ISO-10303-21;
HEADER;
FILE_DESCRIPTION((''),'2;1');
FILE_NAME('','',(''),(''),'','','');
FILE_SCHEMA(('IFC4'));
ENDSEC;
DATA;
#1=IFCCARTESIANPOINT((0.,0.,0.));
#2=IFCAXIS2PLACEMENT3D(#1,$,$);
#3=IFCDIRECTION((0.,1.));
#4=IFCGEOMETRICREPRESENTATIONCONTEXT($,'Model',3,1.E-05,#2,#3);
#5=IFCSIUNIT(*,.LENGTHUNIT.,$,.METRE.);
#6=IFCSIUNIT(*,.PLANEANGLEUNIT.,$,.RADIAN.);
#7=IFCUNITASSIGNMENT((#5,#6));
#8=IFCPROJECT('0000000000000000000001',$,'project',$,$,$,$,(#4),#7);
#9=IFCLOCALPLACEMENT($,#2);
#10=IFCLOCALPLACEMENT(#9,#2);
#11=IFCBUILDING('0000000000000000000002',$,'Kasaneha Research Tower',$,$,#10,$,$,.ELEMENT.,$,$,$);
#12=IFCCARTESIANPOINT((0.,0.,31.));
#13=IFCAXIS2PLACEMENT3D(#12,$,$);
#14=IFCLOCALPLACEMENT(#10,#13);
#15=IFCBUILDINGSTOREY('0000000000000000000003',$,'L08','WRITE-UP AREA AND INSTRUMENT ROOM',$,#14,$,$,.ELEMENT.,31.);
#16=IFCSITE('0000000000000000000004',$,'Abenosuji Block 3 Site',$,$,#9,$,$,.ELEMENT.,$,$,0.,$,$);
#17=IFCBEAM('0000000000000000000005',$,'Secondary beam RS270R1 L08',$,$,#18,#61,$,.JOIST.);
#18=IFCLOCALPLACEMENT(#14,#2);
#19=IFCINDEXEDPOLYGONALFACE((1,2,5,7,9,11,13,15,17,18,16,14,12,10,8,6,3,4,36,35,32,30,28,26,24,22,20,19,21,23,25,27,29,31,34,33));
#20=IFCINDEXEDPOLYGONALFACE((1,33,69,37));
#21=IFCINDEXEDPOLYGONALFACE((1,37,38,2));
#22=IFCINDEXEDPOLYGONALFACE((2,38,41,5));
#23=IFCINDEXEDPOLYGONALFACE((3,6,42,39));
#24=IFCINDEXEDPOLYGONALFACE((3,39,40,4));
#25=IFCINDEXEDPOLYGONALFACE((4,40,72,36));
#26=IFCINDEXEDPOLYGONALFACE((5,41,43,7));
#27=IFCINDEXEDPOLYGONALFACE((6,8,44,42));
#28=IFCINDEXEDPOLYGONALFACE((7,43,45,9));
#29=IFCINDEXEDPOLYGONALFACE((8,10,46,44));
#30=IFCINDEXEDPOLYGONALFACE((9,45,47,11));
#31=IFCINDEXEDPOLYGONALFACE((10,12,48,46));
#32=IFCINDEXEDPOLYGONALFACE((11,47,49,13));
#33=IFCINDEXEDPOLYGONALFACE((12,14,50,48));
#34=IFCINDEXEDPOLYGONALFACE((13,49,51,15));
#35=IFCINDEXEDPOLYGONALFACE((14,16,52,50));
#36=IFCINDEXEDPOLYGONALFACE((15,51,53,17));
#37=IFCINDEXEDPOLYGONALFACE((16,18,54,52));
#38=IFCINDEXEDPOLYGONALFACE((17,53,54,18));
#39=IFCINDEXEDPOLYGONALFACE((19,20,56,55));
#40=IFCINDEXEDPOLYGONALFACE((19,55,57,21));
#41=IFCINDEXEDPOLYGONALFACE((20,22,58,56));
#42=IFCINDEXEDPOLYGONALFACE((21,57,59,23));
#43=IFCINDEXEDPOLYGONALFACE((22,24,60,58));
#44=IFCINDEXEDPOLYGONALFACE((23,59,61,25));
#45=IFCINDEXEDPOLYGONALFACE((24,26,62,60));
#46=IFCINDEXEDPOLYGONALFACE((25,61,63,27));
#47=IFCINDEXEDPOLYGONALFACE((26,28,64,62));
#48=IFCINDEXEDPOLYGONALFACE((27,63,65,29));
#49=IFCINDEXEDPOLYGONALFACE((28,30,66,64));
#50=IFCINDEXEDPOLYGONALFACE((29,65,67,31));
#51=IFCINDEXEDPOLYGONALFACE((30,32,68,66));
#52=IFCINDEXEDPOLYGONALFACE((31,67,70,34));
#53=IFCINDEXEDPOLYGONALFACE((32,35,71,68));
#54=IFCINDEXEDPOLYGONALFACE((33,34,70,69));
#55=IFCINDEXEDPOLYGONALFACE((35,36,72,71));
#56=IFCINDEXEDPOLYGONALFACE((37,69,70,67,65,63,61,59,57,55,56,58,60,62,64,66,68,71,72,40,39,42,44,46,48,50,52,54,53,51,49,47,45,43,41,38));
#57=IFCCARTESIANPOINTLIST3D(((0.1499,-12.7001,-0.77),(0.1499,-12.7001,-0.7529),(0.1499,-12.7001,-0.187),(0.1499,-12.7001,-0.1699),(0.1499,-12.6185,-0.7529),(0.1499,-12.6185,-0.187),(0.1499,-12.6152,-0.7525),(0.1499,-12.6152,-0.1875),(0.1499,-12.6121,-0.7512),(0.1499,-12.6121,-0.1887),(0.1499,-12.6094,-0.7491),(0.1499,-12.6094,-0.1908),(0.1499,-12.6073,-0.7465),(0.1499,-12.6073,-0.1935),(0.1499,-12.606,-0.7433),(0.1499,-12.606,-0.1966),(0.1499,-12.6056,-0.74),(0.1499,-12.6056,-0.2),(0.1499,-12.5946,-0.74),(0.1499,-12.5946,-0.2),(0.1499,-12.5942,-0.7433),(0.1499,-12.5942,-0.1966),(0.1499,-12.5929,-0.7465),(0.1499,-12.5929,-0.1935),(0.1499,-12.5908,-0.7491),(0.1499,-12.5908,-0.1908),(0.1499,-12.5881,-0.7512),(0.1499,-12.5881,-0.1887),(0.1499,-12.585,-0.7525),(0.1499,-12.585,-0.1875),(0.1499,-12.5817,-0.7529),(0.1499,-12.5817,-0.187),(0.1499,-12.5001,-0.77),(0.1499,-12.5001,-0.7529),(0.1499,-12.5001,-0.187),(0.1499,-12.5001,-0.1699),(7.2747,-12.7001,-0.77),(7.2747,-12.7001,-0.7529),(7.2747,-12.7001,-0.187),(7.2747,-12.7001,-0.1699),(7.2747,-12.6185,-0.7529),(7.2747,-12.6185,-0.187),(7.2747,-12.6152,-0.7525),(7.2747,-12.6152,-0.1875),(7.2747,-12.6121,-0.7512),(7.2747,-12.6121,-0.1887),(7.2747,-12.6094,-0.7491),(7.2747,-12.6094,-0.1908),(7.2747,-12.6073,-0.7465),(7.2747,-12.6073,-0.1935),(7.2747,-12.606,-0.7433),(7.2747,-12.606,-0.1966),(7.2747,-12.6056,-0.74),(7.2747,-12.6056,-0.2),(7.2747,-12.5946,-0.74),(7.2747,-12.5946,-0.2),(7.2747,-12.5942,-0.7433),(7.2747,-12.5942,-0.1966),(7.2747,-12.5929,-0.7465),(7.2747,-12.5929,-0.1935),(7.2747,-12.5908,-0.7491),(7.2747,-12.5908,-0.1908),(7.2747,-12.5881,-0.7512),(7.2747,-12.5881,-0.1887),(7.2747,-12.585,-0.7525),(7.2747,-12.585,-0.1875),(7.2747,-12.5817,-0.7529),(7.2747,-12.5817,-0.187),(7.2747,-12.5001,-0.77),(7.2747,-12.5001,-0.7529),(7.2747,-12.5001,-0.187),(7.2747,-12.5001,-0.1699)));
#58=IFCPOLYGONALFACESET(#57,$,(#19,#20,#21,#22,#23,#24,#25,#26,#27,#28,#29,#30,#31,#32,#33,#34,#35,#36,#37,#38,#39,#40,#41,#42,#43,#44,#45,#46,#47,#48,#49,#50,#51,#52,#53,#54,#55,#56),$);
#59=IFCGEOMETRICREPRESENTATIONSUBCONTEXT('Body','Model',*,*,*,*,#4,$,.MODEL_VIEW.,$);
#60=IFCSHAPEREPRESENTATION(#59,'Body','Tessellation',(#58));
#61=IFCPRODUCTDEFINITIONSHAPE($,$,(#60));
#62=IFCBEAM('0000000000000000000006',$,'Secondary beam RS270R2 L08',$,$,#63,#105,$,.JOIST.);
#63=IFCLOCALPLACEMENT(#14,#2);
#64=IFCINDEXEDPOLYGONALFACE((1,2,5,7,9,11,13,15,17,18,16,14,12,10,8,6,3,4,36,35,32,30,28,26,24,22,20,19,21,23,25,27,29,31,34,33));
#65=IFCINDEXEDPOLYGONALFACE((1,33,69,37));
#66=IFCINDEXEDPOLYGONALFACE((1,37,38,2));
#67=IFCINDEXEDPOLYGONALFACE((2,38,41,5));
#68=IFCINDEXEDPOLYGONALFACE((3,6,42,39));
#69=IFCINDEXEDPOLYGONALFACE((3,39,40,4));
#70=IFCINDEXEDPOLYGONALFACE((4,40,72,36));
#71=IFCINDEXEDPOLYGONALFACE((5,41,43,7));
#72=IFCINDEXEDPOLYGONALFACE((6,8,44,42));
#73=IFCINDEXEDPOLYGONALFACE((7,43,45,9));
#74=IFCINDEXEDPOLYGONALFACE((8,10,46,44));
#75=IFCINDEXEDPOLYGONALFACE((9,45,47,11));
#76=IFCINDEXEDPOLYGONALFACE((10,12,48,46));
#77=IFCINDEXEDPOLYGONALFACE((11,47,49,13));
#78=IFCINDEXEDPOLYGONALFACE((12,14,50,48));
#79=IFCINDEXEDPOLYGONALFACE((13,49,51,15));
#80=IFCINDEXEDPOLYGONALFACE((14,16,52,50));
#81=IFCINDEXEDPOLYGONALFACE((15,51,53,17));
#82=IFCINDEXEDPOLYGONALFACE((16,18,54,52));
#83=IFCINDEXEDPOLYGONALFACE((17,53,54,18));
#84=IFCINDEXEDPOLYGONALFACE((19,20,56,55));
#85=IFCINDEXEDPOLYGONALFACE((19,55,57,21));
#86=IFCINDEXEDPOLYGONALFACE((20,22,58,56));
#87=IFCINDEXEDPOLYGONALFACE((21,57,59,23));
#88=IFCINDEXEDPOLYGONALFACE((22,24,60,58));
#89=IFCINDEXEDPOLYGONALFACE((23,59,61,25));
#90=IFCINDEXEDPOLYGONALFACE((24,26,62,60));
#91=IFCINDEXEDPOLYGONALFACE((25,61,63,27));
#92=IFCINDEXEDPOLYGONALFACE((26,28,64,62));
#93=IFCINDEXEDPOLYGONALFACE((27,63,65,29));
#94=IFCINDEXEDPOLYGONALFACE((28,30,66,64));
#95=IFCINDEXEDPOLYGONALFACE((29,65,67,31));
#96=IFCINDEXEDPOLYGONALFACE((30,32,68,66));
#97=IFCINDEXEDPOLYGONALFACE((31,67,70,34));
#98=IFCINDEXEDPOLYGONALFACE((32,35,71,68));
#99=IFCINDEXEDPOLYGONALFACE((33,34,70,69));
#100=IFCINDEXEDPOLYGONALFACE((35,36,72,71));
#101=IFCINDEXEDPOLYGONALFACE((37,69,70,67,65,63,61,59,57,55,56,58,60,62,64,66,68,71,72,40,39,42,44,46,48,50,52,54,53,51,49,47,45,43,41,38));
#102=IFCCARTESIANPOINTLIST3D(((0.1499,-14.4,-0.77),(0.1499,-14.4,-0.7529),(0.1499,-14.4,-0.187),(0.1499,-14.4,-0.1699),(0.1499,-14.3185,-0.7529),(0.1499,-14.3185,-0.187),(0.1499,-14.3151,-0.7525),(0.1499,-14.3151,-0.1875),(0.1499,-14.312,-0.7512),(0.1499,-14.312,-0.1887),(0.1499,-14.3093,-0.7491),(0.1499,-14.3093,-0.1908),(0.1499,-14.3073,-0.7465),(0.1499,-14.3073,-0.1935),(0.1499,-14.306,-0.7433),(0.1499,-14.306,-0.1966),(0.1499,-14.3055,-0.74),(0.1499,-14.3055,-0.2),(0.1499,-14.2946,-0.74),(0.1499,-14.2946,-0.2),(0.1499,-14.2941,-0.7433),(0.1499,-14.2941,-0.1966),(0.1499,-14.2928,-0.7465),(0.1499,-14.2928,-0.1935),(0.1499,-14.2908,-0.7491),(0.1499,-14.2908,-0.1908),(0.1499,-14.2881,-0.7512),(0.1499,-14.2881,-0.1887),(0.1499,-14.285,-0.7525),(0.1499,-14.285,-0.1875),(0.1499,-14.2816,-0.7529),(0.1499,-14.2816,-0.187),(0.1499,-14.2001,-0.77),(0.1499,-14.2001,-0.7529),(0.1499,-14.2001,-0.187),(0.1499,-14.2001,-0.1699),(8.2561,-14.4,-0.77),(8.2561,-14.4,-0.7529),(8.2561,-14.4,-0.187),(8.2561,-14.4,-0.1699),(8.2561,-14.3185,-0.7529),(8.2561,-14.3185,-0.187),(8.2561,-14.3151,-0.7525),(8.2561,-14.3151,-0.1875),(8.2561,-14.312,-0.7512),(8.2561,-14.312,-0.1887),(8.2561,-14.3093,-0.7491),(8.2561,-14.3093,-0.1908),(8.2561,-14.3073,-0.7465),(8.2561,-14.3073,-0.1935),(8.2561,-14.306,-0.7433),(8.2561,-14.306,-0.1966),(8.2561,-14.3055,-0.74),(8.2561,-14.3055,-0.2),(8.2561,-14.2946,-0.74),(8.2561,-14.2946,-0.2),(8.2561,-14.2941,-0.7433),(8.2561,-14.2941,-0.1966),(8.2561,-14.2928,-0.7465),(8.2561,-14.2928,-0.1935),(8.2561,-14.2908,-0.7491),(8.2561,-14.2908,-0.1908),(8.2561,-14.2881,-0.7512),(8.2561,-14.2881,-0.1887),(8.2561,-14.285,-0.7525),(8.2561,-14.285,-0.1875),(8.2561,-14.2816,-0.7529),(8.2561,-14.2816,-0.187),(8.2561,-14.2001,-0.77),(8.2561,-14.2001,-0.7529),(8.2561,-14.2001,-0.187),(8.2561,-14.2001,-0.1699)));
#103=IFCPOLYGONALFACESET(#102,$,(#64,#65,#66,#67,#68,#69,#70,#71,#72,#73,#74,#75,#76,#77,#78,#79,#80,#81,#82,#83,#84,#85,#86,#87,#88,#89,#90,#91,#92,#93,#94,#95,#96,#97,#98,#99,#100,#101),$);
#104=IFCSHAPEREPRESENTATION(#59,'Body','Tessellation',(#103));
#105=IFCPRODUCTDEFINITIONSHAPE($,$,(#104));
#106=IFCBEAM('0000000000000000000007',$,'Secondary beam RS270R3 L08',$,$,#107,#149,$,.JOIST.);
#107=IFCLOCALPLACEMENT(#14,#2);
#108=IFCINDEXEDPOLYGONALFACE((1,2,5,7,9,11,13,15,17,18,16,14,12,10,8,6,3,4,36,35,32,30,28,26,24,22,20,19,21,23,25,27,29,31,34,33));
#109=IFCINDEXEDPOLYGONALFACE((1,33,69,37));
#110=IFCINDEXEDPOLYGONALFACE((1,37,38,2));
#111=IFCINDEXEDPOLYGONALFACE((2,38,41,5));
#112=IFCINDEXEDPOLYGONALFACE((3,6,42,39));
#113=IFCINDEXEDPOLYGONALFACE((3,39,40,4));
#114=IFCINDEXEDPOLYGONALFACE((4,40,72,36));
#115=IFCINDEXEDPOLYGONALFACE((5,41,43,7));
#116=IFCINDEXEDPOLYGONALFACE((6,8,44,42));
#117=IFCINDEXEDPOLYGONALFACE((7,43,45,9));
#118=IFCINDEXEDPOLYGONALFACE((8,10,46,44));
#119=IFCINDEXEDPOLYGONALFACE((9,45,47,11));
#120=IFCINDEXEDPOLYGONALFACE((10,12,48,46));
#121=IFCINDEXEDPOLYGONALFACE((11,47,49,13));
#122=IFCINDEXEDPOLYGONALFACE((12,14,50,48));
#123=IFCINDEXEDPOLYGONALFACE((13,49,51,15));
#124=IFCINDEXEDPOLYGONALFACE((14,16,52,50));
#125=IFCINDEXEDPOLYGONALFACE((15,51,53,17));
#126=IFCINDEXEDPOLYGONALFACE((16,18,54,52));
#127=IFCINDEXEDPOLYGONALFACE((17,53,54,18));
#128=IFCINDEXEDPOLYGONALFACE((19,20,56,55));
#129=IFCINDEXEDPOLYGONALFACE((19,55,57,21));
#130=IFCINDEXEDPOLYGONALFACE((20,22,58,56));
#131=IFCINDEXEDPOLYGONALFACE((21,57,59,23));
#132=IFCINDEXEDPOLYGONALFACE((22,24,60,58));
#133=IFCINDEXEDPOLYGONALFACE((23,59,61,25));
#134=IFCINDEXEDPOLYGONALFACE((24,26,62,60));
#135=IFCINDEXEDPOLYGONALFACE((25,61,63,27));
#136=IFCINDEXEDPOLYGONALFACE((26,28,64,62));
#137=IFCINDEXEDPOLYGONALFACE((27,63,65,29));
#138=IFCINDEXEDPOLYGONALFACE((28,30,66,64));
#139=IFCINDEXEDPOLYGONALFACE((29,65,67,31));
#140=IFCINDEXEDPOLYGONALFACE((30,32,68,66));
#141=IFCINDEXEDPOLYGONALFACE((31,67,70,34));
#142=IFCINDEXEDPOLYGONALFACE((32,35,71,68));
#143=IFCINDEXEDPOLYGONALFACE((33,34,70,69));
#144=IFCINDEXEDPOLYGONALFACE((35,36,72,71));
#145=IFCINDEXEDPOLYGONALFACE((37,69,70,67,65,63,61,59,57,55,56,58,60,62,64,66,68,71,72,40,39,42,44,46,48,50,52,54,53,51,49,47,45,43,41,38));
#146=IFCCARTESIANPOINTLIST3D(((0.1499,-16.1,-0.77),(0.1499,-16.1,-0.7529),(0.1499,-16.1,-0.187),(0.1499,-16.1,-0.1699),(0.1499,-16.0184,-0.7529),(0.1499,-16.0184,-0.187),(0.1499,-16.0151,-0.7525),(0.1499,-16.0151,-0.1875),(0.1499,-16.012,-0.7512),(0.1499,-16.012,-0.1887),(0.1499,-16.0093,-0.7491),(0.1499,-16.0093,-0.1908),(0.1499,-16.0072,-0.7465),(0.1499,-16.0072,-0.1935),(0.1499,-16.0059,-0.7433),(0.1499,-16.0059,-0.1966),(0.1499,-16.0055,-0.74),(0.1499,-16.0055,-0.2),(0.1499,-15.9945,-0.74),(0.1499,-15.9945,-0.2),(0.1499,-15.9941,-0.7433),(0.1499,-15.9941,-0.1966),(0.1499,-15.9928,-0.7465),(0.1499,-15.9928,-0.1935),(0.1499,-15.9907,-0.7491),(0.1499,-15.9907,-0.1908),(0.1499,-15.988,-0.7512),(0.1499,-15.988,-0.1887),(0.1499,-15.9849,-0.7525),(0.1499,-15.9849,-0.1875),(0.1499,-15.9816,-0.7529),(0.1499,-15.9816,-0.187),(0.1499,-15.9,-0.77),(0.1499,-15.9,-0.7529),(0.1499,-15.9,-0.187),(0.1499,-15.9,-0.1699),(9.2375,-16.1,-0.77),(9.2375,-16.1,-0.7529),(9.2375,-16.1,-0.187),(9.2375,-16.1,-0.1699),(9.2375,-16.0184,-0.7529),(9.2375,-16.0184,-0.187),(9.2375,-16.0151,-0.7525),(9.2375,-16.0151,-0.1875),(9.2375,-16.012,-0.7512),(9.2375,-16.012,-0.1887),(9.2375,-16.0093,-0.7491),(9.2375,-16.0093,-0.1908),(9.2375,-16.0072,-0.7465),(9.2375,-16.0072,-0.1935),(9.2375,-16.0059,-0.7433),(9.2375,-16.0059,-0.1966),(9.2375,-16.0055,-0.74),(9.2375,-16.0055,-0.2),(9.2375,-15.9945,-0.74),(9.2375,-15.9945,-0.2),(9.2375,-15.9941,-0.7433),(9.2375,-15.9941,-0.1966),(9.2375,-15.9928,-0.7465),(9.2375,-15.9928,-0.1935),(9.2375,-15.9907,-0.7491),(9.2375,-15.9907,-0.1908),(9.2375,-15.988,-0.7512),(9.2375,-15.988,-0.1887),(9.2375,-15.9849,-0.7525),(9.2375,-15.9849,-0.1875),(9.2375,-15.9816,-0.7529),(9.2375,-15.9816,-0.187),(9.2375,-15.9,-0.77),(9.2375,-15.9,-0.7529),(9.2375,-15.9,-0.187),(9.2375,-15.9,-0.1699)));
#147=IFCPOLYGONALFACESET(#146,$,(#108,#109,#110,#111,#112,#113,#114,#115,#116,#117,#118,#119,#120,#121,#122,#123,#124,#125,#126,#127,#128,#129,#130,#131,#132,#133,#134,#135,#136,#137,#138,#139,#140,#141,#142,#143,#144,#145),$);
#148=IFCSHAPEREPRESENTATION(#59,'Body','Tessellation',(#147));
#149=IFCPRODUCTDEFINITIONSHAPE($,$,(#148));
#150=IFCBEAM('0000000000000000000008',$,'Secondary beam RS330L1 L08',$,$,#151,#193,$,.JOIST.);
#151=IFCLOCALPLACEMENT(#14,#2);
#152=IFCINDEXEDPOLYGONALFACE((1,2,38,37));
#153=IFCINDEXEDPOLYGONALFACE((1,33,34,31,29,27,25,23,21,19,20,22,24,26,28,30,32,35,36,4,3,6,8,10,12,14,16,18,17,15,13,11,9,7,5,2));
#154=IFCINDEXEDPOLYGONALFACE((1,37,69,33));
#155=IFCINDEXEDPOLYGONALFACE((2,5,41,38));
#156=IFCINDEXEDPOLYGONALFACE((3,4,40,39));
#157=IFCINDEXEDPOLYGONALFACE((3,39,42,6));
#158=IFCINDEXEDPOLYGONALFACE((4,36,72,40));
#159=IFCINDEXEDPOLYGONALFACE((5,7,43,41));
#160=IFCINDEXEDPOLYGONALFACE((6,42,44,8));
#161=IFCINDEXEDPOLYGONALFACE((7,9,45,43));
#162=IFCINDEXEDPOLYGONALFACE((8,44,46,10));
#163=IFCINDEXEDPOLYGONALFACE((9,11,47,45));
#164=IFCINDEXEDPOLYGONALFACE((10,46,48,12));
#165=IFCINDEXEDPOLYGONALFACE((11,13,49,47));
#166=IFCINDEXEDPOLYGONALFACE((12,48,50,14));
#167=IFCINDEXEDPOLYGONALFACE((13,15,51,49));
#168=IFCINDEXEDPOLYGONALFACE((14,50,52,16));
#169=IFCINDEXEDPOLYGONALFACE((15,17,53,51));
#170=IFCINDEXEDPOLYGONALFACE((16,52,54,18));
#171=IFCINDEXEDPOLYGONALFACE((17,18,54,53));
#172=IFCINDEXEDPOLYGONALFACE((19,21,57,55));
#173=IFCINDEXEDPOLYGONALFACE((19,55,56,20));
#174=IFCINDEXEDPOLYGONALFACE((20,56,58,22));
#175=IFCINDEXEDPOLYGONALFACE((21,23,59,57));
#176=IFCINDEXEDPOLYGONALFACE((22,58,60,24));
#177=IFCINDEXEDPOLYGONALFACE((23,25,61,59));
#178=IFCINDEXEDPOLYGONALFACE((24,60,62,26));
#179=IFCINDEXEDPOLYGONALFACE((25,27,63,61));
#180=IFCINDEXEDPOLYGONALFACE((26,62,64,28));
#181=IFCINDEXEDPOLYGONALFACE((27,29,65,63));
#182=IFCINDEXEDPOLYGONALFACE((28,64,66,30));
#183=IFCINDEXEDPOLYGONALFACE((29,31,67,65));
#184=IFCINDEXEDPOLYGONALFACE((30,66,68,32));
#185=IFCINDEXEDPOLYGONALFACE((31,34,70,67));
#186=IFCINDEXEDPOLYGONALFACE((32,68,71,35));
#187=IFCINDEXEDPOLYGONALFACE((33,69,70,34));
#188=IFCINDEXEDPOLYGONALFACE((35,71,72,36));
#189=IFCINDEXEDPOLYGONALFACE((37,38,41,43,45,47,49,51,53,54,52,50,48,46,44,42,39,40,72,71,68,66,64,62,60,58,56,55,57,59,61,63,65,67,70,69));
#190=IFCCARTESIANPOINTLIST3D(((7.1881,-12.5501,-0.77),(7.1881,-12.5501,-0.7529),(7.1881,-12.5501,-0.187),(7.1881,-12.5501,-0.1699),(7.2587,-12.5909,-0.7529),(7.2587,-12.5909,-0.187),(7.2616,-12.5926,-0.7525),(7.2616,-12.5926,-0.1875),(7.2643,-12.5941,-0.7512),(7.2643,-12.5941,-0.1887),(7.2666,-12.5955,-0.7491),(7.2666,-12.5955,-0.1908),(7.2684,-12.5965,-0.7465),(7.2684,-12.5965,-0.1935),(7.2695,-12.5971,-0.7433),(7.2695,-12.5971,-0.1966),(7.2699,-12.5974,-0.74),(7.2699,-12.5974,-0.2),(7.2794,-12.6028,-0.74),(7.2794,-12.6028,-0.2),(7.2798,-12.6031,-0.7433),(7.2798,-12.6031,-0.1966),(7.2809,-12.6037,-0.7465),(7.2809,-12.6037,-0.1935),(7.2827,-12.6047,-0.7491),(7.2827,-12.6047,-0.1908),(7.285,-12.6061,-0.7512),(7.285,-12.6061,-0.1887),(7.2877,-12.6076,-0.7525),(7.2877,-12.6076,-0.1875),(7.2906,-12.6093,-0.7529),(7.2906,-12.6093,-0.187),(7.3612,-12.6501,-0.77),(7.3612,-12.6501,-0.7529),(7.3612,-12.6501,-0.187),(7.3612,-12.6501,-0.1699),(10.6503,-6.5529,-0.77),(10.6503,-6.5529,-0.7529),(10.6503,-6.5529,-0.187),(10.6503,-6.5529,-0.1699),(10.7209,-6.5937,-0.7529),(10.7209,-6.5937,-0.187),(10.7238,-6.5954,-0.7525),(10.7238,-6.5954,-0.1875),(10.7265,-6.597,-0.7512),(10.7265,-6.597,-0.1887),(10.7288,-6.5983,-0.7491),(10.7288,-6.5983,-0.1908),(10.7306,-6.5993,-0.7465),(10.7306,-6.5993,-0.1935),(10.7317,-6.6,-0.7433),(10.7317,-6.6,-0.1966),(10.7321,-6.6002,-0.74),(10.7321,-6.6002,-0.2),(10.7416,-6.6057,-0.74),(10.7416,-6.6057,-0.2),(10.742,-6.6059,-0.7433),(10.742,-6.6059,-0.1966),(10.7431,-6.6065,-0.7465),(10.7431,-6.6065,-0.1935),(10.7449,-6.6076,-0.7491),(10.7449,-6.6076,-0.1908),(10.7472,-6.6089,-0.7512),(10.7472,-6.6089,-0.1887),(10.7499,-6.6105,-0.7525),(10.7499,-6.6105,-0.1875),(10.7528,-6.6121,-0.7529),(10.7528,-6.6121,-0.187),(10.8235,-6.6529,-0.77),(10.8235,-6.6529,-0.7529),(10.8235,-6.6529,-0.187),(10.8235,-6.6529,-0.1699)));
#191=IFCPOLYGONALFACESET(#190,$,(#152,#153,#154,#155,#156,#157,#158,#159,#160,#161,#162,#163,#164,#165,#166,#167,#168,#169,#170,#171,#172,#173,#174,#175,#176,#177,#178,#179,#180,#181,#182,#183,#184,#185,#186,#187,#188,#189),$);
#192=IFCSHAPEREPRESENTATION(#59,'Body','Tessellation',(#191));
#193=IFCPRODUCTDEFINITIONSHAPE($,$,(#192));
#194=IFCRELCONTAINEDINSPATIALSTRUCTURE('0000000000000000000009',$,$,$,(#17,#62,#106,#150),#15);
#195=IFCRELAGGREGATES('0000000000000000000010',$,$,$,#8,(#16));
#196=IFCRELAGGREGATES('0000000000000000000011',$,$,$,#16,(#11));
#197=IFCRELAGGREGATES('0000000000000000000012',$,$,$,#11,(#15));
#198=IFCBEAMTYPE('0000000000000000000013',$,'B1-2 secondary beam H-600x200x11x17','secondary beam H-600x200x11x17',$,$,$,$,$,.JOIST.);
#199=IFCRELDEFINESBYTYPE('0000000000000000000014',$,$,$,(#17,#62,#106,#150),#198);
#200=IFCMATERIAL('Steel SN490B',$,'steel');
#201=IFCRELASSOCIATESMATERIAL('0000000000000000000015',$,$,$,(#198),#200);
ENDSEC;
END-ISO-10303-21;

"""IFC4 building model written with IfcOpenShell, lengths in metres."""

from ifc_helpers import new_model, si_unit, direction, frame, origin, origin_2d, place, context, subcontext, project, spatial, i_section, extrude, material, material_profile, profile_set, type_object, element, save


model = new_model("IFC4")

# Units and contexts
model_context = context("Model", 3, precision=1e-05, world=origin(), true_north=direction((0.0, 1.0)))
body_context = subcontext(model_context, "Body", "Model", "MODEL_VIEW")
ifc_project = project(units=[si_unit("LENGTHUNIT", "METRE"), si_unit("PLANEANGLEUNIT", "RADIAN")], contexts=[model_context])

# Site, building, storey
site_placement = place(None, origin())
site = spatial("IfcSite", under=ifc_project, at=site_placement, Name="Abenosuji Block 3 Site", CompositionType="ELEMENT", RefElevation=0.0)
building_placement = place(site_placement, origin())
building = spatial("IfcBuilding", under=site, at=building_placement, Name="Kasaneha Research Tower", CompositionType="ELEMENT")
storey_placement = place(building_placement, frame((0.0, 0.0, 31.0)))
storey = spatial("IfcBuildingStorey", under=building, at=storey_placement, Name="L08", Description="WRITE-UP AREA AND INSTRUMENT ROOM", CompositionType="ELEMENT", Elevation=31.0)

# Beams
ifc_material_1 = material(Name="Steel SN490B", Category="steel")
ifc_material_profile_1 = material_profile(ifc_material_1, i_section(OverallWidth=0.2, OverallDepth=0.6001, WebThickness=0.011, FlangeThickness=0.0171, FilletRadius=0.0129, at=origin_2d()), Name="H-600x200x11x17")
ifc_profile_set_1 = profile_set([ifc_material_profile_1], Name="Steel SN490B")
beam_type_1 = type_object("IfcBeamType", Name="B1-2 secondary beam H-600x200x11x17", Description="secondary beam H-600x200x11x17", PredefinedType="JOIST", material=ifc_profile_set_1)
beam_1_placement = place(storey_placement, frame((7.2747, -12.6001, -0.47), z_axis=(-1.0, 0.0, 0.0), x_axis=(0.0, -1.0, 0.0)))
element("IfcBeam", 1, at=beam_1_placement, inside=storey, type_object=beam_type_1, Name="Secondary beam RS270R1 L08", PredefinedType="JOIST", context=body_context, shape_type="SweptSolid", body=[
    extrude(i_section(OverallWidth=0.2, OverallDepth=0.6001, WebThickness=0.011, FlangeThickness=0.0171, FilletRadius=0.0129, at=origin_2d()), origin(), (0.0, 0.0, 1.0), 7.1248),
])
beam_2_placement = place(storey_placement, frame((8.2561, -14.3, -0.47), z_axis=(-1.0, 0.0, 0.0), x_axis=(0.0, -1.0, 0.0)))
element("IfcBeam", 2, at=beam_2_placement, inside=storey, type_object=beam_type_1, Name="Secondary beam RS270R2 L08", PredefinedType="JOIST", context=body_context, shape_type="SweptSolid", body=[
    extrude(i_section(OverallWidth=0.2, OverallDepth=0.6001, WebThickness=0.011, FlangeThickness=0.0171, FilletRadius=0.0129, at=origin_2d()), origin(), (0.0, 0.0, 1.0), 8.1062),
])
beam_3_placement = place(storey_placement, frame((9.2375, -16.0, -0.47), z_axis=(-1.0, 0.0, 0.0), x_axis=(0.0, -1.0, 0.0)))
element("IfcBeam", 3, at=beam_3_placement, inside=storey, type_object=beam_type_1, Name="Secondary beam RS270R3 L08", PredefinedType="JOIST", context=body_context, shape_type="SweptSolid", body=[
    extrude(i_section(OverallWidth=0.2, OverallDepth=0.6001, WebThickness=0.011, FlangeThickness=0.0171, FilletRadius=0.0129, at=origin_2d()), origin(), (0.0, 0.0, 1.0), 9.0876),
])
beam_4_placement = place(storey_placement, frame((7.2747, -12.6001, -0.47), z_axis=(0.499973, 0.866041, 0.0), x_axis=(-0.866041, 0.499973, 0.0)))
element("IfcBeam", 4, at=beam_4_placement, inside=storey, type_object=beam_type_1, Name="Secondary beam RS330L1 L08", PredefinedType="JOIST", context=body_context, shape_type="SweptSolid", body=[
    extrude(i_section(OverallWidth=0.2, OverallDepth=0.6001, WebThickness=0.011, FlangeThickness=0.0171, FilletRadius=0.0129, at=origin_2d()), origin(), (0.0, 0.0, 1.0), 6.9248),
])

save(model, "model.ifc")
